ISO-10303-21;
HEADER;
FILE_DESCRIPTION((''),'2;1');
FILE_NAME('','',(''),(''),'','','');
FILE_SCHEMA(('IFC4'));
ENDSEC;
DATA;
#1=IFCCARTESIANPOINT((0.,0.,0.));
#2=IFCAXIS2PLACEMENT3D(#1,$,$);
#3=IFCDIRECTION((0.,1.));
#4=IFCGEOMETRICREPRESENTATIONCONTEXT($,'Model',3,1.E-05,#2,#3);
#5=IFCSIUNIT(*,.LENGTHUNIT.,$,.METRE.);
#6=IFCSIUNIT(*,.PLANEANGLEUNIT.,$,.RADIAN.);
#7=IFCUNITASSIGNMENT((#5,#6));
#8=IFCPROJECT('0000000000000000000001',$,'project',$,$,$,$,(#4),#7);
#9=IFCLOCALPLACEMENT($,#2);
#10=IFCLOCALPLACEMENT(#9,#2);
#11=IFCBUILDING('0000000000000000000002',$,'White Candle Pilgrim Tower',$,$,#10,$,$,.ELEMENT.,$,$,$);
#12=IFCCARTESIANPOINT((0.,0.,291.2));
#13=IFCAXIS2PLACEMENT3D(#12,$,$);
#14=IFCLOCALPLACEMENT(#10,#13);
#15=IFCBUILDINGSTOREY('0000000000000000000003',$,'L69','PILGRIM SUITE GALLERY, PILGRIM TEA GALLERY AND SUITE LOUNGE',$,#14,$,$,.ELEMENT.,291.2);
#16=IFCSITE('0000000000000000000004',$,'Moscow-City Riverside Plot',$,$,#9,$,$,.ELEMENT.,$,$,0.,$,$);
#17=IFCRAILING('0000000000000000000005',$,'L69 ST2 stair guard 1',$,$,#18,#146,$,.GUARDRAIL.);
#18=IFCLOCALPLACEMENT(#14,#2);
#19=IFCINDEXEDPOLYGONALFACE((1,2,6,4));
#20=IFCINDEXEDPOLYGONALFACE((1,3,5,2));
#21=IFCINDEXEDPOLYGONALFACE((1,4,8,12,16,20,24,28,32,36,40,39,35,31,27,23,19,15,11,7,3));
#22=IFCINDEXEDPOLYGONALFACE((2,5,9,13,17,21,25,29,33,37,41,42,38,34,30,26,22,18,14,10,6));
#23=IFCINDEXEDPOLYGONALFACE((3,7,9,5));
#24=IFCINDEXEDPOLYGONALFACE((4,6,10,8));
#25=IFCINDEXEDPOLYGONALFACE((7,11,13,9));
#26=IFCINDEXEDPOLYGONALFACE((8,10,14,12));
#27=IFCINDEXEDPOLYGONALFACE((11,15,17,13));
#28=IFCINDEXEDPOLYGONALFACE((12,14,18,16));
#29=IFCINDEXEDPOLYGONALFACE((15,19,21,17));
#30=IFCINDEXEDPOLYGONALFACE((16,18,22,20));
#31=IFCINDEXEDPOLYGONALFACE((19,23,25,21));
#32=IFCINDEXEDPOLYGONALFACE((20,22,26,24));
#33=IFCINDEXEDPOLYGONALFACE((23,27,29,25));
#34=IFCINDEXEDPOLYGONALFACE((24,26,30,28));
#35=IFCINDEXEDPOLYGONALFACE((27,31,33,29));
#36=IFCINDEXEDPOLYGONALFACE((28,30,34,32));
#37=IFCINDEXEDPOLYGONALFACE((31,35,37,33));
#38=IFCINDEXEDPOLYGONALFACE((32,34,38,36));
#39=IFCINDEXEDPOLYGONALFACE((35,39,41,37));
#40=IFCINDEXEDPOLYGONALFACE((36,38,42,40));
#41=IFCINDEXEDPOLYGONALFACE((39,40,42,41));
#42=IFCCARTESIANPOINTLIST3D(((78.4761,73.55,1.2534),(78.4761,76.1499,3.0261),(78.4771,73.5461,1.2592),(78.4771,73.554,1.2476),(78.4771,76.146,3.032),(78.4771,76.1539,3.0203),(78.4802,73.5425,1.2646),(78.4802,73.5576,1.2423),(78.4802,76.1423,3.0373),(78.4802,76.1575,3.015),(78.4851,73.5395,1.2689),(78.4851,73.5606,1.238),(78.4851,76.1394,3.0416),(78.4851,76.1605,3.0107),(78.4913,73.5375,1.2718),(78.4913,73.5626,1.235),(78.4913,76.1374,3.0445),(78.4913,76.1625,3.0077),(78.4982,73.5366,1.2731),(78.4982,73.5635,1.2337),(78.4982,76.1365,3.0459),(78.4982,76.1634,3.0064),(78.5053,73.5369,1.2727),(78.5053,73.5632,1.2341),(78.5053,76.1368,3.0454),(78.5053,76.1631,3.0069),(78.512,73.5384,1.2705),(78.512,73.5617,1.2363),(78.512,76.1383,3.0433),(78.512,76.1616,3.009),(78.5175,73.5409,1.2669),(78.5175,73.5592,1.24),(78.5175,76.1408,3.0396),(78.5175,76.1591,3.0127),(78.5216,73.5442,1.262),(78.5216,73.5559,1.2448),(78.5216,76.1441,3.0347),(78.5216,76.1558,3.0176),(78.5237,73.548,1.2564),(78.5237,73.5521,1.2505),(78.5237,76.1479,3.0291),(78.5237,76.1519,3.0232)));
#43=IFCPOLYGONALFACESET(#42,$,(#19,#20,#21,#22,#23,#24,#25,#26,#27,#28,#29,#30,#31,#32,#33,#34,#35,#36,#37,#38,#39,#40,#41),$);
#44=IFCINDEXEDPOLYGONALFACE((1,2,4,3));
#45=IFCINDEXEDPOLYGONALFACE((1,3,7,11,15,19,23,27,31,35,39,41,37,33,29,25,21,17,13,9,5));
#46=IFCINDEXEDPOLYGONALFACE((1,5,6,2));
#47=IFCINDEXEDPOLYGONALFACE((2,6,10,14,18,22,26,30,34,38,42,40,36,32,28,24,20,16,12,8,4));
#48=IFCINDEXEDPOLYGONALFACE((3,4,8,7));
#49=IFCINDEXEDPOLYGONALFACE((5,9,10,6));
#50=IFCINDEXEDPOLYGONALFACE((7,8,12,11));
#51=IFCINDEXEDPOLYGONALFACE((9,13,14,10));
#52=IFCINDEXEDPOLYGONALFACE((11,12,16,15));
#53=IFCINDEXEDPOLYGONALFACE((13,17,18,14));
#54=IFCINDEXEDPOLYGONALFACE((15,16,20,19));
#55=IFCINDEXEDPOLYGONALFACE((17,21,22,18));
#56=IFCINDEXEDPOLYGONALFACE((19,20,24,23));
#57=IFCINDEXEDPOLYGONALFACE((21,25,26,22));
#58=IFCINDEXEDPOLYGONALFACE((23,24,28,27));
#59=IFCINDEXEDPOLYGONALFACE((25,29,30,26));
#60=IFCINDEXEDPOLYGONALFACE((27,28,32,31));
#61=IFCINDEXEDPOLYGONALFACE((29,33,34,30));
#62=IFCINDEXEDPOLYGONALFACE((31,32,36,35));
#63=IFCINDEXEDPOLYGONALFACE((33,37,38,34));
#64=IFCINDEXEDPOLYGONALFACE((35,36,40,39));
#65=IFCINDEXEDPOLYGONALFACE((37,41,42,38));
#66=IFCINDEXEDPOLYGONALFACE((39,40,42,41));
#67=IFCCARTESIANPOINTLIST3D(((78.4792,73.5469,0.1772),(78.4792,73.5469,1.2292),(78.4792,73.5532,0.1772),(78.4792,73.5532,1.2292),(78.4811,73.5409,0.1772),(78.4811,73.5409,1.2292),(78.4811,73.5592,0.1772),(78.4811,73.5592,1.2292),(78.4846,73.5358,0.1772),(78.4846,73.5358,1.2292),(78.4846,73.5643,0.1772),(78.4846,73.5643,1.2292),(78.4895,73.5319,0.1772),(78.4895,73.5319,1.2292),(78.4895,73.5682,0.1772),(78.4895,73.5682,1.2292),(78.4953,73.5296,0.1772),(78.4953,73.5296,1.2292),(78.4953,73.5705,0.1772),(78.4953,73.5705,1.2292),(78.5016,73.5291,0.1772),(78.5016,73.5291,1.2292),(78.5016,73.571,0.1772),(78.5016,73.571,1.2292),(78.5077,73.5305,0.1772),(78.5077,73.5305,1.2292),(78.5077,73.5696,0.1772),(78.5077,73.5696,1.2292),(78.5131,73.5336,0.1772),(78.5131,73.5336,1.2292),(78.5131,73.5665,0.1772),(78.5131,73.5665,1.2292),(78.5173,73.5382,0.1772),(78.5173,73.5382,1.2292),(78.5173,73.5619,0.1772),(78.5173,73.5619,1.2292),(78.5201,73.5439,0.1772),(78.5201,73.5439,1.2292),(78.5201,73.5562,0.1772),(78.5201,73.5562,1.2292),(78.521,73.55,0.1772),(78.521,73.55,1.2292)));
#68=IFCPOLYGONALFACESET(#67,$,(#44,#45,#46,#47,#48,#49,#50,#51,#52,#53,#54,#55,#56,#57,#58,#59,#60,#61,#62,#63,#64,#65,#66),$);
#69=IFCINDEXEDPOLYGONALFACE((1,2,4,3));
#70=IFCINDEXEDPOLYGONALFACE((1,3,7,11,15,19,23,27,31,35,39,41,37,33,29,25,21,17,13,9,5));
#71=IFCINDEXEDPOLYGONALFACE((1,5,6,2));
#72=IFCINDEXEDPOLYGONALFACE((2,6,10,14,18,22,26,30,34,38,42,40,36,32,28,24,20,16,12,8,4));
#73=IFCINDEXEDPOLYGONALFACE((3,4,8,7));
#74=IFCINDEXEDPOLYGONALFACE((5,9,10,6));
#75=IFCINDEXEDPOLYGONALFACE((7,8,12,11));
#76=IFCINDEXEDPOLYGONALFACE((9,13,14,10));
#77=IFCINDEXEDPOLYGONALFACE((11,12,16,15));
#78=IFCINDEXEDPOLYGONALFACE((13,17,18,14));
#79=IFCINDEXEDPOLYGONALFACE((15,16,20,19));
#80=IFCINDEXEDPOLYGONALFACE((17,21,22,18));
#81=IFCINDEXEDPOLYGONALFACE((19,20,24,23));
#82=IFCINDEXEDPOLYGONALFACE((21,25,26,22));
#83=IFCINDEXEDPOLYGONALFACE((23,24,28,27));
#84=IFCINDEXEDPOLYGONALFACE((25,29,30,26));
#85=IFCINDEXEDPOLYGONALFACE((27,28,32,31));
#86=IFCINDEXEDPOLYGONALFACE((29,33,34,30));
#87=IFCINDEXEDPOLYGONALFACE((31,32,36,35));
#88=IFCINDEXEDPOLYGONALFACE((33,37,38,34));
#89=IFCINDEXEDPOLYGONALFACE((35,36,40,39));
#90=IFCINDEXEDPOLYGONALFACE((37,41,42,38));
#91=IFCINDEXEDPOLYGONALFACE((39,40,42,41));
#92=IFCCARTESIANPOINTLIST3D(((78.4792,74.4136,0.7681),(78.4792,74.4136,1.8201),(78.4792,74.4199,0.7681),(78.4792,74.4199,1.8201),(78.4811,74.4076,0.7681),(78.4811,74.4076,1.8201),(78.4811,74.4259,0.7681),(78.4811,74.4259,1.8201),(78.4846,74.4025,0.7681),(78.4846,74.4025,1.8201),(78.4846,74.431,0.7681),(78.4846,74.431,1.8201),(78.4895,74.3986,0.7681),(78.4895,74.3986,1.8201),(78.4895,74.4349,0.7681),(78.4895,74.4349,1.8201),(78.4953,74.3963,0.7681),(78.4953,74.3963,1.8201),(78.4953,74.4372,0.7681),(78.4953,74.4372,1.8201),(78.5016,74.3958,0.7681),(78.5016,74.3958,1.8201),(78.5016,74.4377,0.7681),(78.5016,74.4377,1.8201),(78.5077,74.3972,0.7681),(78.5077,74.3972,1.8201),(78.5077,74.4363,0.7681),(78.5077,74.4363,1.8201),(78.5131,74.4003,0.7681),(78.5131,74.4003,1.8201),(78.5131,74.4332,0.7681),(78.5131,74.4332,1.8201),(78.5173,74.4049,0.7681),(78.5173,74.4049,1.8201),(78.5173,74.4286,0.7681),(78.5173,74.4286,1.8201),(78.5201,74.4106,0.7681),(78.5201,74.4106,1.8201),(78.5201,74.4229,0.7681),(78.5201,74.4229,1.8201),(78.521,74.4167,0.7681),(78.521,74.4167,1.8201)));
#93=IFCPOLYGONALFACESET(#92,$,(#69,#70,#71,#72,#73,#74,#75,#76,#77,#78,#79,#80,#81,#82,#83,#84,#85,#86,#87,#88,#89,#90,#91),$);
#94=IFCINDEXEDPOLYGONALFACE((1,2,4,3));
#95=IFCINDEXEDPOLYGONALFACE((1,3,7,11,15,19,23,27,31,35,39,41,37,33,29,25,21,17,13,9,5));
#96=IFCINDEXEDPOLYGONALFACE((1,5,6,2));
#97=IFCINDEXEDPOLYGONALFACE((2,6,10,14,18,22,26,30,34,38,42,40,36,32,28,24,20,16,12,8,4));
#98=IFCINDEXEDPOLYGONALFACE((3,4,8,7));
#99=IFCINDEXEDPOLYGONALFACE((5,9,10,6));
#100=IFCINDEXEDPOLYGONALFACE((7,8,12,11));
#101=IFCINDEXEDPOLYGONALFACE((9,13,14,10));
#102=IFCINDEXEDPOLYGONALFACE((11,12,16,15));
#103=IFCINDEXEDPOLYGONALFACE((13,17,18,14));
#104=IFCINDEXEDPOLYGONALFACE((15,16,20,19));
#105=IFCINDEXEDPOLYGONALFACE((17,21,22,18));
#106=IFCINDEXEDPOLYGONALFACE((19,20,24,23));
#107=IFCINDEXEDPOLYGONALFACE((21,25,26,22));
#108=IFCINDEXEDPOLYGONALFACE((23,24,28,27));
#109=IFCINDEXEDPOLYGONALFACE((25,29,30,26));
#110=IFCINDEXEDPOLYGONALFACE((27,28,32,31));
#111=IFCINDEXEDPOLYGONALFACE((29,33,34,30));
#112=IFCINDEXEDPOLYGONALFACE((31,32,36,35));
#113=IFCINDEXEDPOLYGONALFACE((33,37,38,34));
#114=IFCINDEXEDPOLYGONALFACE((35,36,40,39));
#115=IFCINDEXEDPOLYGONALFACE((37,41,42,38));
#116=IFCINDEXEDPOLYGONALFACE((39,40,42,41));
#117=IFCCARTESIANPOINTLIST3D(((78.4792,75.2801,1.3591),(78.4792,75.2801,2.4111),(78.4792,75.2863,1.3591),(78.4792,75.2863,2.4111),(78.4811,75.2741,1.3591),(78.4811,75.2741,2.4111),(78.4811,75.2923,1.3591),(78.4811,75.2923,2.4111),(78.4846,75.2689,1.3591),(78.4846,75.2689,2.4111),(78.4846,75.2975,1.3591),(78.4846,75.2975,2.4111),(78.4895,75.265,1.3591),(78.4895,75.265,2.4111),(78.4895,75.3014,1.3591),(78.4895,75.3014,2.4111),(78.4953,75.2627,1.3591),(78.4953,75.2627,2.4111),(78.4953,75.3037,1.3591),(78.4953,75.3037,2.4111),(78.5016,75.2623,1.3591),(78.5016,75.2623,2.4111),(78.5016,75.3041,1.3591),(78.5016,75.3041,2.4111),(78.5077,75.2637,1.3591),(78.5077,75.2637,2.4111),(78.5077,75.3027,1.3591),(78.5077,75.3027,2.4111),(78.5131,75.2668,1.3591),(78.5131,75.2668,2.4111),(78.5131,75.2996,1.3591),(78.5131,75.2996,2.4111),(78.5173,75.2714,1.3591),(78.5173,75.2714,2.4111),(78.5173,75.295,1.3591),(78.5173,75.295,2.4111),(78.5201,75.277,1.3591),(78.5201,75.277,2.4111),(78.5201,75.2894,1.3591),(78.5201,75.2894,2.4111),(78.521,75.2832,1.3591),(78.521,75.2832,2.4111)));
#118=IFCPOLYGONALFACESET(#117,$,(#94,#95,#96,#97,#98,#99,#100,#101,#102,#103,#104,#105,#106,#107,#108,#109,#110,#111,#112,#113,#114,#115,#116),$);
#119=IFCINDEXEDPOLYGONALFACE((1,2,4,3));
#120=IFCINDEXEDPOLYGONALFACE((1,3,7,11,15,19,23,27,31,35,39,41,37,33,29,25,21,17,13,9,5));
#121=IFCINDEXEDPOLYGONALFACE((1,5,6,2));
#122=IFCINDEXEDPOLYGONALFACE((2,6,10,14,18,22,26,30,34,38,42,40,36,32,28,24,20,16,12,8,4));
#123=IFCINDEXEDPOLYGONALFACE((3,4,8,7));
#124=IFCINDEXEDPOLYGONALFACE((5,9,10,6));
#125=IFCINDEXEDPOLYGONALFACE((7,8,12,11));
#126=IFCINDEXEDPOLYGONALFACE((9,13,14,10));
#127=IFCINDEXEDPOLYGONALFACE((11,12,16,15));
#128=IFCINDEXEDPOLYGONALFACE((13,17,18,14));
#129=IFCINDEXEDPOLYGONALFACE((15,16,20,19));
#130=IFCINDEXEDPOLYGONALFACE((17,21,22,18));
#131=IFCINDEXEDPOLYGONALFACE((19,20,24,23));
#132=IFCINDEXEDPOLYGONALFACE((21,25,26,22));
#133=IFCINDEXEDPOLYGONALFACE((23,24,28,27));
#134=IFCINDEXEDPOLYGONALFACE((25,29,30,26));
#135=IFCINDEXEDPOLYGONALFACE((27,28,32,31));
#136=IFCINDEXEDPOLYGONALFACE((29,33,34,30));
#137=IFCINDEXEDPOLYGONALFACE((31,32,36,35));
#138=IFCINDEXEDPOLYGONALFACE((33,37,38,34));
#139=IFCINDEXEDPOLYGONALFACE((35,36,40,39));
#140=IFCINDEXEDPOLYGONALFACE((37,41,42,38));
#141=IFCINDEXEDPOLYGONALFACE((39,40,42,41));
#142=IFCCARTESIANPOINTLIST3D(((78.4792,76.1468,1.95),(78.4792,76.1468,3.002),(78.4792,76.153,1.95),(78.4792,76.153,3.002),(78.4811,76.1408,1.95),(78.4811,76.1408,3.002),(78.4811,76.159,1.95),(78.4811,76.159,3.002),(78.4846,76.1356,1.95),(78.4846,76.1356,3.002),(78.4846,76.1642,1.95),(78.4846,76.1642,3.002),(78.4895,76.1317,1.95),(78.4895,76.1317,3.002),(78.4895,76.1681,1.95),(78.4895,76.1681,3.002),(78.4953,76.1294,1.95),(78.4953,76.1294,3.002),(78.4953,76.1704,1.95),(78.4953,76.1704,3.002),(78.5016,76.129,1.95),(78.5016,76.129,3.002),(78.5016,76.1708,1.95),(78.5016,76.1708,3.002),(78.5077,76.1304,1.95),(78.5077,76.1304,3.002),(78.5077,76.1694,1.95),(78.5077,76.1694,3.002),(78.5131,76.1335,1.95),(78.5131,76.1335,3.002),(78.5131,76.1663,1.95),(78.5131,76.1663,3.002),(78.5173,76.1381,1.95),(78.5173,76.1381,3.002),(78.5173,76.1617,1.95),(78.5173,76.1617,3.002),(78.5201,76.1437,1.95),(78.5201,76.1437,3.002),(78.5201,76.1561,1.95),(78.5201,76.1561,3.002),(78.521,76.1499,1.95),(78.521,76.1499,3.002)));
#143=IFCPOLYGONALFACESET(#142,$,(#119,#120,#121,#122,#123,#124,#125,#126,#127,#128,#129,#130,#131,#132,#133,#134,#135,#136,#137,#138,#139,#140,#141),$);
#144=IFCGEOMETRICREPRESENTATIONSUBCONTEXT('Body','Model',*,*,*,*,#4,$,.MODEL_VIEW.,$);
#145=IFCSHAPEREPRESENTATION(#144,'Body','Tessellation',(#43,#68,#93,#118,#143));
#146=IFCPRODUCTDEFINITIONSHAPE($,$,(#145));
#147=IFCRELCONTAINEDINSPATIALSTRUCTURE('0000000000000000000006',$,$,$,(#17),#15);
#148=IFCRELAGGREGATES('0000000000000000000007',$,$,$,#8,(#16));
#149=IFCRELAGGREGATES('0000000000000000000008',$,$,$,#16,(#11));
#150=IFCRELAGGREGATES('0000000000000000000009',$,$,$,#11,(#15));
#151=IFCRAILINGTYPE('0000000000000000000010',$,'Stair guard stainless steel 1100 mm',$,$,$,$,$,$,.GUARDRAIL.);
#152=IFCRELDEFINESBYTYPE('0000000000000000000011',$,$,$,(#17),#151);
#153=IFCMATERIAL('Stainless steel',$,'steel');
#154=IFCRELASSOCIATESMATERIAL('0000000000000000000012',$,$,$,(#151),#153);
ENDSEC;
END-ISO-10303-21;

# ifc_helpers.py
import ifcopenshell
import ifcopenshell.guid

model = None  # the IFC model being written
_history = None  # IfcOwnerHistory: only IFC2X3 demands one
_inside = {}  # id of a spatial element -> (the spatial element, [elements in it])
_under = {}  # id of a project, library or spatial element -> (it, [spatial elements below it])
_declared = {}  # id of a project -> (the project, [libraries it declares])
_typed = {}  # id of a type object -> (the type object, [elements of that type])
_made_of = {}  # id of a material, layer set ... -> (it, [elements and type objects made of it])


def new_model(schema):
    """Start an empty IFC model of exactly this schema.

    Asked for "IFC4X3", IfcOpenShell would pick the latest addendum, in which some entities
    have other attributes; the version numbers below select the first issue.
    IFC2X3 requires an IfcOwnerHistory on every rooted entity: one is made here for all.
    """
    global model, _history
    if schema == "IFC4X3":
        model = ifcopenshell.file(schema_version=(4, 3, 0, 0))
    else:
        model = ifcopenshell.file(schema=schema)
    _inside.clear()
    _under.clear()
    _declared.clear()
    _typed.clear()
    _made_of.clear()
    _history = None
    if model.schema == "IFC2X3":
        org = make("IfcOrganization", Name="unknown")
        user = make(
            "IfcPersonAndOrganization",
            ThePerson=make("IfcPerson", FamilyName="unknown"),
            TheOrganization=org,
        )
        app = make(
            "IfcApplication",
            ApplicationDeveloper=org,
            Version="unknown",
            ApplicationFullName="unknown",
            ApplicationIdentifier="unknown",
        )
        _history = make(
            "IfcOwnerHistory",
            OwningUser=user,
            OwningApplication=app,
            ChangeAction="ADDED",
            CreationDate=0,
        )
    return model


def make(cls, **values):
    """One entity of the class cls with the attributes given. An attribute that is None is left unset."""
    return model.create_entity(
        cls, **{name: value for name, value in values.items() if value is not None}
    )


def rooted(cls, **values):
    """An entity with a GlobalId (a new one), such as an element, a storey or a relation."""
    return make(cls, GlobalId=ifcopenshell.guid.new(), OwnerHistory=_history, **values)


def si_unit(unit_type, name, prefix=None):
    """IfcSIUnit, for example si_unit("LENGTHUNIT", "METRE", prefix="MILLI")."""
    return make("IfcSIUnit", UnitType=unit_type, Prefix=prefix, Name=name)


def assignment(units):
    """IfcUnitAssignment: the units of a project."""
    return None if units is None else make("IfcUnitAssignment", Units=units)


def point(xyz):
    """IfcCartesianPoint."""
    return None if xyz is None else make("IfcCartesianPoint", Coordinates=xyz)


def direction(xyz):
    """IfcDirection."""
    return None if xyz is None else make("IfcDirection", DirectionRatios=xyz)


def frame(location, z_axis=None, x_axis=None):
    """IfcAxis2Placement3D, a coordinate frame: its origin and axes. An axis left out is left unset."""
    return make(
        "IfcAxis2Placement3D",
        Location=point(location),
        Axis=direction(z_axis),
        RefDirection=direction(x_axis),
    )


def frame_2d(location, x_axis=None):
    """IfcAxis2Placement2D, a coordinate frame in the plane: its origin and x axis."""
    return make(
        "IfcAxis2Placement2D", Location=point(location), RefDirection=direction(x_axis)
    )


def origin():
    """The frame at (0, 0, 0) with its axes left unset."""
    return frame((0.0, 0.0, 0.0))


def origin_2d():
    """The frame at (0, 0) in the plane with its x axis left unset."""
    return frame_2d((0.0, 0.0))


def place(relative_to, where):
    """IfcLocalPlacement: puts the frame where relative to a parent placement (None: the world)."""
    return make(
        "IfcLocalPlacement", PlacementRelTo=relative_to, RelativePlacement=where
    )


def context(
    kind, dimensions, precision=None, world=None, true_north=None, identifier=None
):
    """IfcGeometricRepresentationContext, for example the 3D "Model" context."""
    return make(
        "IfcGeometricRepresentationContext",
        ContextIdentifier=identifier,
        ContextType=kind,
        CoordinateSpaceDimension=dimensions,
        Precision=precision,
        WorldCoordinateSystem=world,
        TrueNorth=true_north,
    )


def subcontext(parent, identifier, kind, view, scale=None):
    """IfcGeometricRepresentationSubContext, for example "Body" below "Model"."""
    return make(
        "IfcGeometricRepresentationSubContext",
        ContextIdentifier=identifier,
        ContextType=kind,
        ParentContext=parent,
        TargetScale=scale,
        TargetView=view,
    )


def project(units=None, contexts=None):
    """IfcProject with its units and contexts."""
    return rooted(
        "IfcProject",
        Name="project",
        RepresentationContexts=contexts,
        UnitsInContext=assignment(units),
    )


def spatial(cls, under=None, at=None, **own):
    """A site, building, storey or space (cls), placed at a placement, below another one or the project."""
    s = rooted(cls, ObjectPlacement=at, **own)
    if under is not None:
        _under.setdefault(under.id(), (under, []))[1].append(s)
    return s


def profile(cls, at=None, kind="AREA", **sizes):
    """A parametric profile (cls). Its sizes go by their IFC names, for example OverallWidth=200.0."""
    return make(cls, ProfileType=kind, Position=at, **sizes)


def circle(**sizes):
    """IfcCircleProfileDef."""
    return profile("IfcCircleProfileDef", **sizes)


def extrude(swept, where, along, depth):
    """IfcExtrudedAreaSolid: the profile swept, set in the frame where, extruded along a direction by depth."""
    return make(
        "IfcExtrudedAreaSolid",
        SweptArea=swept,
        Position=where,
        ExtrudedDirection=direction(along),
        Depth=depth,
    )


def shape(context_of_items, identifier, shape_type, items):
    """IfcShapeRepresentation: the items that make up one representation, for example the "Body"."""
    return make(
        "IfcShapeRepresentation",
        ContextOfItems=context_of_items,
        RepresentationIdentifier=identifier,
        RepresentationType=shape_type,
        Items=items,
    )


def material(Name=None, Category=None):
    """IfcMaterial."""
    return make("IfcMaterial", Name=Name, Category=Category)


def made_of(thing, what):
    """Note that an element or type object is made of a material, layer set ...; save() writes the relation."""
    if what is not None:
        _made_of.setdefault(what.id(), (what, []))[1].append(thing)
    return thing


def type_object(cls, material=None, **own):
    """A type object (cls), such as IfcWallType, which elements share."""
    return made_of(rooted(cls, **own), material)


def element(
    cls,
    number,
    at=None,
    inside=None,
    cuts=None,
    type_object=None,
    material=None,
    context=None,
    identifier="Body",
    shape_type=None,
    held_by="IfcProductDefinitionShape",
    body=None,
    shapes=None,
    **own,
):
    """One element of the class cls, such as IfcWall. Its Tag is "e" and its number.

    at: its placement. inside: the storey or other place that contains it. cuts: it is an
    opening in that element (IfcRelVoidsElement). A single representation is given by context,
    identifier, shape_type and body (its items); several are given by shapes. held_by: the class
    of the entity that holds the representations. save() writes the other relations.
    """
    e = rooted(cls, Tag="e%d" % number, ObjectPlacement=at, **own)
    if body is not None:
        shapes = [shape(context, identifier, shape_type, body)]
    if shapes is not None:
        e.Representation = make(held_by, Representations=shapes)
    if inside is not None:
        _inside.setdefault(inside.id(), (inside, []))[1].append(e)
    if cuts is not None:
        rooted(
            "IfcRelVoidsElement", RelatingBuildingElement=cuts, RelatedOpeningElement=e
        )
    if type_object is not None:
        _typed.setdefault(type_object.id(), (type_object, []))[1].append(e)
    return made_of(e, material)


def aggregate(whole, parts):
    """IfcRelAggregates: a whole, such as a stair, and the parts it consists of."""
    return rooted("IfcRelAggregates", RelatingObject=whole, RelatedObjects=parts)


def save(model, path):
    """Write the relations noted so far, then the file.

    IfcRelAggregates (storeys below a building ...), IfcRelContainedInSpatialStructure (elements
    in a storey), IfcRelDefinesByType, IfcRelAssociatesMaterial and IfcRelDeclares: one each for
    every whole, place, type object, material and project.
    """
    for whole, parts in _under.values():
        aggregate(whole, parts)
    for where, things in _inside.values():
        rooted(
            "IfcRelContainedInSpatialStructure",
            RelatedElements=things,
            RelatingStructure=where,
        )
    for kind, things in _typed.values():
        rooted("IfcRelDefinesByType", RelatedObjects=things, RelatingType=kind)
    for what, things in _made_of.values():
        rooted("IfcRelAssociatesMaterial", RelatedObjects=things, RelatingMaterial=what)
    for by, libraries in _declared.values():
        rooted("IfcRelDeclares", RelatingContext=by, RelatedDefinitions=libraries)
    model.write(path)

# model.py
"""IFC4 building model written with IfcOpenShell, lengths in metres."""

from ifc_helpers import new_model, si_unit, direction, frame, origin, origin_2d, place, context, subcontext, project, spatial, circle, extrude, material, type_object, element, save


model = new_model("IFC4")

# Units and contexts
model_context = context("Model", 3, precision=1e-05, world=origin(), true_north=direction((0.0, 1.0)))
body_context = subcontext(model_context, "Body", "Model", "MODEL_VIEW")
ifc_project = project(units=[si_unit("LENGTHUNIT", "METRE"), si_unit("PLANEANGLEUNIT", "RADIAN")], contexts=[model_context])

# Site, building, storey
site_placement = place(None, origin())
site = spatial("IfcSite", under=ifc_project, at=site_placement, Name="Moscow-City Riverside Plot", CompositionType="ELEMENT", RefElevation=0.0)
building_placement = place(site_placement, origin())
building = spatial("IfcBuilding", under=site, at=building_placement, Name="White Candle Pilgrim Tower", CompositionType="ELEMENT")
storey_placement = place(building_placement, frame((0.0, 0.0, 291.2)))
storey = spatial("IfcBuildingStorey", under=building, at=storey_placement, Name="L69", Description="PILGRIM SUITE GALLERY, PILGRIM TEA GALLERY AND SUITE LOUNGE", CompositionType="ELEMENT", Elevation=291.2)

# Railing
ifc_material_1 = material(Name="Stainless steel", Category="steel")
railing_type_1 = type_object("IfcRailingType", Name="Stair guard stainless steel 1100 mm", PredefinedType="GUARDRAIL", material=ifc_material_1)
railing_1_placement = place(storey_placement, frame((78.5, 73.55, 0.1772)))
element("IfcRailing", 1, at=railing_1_placement, inside=storey, type_object=railing_type_1, Name="L69 ST2 stair guard 1", PredefinedType="GUARDRAIL", context=body_context, shape_type="SweptSolid", body=[
    extrude(circle(Radius=0.0239, at=origin_2d()), frame((0.0, 0.0, 1.0762), z_axis=(0.0, 0.826216, 0.563354), x_axis=(-1.0, 0.0, 0.0)), (0.0, 0.0, 1.0), 3.1467),
    extrude(circle(Radius=0.021, at=origin_2d()), origin(), (0.0, 0.0, 1.0), 1.052),
    extrude(circle(Radius=0.021, at=origin_2d()), frame((0.0, 0.8667, 0.5908)), (0.0, 0.0, 1.0), 1.052),
    extrude(circle(Radius=0.021, at=origin_2d()), frame((0.0, 1.7332, 1.1819)), (0.0, 0.0, 1.0), 1.052),
    extrude(circle(Radius=0.021, at=origin_2d()), frame((0.0, 2.5999, 1.7727)), (0.0, 0.0, 1.0), 1.052),
])

save(model, "model.ifc")
